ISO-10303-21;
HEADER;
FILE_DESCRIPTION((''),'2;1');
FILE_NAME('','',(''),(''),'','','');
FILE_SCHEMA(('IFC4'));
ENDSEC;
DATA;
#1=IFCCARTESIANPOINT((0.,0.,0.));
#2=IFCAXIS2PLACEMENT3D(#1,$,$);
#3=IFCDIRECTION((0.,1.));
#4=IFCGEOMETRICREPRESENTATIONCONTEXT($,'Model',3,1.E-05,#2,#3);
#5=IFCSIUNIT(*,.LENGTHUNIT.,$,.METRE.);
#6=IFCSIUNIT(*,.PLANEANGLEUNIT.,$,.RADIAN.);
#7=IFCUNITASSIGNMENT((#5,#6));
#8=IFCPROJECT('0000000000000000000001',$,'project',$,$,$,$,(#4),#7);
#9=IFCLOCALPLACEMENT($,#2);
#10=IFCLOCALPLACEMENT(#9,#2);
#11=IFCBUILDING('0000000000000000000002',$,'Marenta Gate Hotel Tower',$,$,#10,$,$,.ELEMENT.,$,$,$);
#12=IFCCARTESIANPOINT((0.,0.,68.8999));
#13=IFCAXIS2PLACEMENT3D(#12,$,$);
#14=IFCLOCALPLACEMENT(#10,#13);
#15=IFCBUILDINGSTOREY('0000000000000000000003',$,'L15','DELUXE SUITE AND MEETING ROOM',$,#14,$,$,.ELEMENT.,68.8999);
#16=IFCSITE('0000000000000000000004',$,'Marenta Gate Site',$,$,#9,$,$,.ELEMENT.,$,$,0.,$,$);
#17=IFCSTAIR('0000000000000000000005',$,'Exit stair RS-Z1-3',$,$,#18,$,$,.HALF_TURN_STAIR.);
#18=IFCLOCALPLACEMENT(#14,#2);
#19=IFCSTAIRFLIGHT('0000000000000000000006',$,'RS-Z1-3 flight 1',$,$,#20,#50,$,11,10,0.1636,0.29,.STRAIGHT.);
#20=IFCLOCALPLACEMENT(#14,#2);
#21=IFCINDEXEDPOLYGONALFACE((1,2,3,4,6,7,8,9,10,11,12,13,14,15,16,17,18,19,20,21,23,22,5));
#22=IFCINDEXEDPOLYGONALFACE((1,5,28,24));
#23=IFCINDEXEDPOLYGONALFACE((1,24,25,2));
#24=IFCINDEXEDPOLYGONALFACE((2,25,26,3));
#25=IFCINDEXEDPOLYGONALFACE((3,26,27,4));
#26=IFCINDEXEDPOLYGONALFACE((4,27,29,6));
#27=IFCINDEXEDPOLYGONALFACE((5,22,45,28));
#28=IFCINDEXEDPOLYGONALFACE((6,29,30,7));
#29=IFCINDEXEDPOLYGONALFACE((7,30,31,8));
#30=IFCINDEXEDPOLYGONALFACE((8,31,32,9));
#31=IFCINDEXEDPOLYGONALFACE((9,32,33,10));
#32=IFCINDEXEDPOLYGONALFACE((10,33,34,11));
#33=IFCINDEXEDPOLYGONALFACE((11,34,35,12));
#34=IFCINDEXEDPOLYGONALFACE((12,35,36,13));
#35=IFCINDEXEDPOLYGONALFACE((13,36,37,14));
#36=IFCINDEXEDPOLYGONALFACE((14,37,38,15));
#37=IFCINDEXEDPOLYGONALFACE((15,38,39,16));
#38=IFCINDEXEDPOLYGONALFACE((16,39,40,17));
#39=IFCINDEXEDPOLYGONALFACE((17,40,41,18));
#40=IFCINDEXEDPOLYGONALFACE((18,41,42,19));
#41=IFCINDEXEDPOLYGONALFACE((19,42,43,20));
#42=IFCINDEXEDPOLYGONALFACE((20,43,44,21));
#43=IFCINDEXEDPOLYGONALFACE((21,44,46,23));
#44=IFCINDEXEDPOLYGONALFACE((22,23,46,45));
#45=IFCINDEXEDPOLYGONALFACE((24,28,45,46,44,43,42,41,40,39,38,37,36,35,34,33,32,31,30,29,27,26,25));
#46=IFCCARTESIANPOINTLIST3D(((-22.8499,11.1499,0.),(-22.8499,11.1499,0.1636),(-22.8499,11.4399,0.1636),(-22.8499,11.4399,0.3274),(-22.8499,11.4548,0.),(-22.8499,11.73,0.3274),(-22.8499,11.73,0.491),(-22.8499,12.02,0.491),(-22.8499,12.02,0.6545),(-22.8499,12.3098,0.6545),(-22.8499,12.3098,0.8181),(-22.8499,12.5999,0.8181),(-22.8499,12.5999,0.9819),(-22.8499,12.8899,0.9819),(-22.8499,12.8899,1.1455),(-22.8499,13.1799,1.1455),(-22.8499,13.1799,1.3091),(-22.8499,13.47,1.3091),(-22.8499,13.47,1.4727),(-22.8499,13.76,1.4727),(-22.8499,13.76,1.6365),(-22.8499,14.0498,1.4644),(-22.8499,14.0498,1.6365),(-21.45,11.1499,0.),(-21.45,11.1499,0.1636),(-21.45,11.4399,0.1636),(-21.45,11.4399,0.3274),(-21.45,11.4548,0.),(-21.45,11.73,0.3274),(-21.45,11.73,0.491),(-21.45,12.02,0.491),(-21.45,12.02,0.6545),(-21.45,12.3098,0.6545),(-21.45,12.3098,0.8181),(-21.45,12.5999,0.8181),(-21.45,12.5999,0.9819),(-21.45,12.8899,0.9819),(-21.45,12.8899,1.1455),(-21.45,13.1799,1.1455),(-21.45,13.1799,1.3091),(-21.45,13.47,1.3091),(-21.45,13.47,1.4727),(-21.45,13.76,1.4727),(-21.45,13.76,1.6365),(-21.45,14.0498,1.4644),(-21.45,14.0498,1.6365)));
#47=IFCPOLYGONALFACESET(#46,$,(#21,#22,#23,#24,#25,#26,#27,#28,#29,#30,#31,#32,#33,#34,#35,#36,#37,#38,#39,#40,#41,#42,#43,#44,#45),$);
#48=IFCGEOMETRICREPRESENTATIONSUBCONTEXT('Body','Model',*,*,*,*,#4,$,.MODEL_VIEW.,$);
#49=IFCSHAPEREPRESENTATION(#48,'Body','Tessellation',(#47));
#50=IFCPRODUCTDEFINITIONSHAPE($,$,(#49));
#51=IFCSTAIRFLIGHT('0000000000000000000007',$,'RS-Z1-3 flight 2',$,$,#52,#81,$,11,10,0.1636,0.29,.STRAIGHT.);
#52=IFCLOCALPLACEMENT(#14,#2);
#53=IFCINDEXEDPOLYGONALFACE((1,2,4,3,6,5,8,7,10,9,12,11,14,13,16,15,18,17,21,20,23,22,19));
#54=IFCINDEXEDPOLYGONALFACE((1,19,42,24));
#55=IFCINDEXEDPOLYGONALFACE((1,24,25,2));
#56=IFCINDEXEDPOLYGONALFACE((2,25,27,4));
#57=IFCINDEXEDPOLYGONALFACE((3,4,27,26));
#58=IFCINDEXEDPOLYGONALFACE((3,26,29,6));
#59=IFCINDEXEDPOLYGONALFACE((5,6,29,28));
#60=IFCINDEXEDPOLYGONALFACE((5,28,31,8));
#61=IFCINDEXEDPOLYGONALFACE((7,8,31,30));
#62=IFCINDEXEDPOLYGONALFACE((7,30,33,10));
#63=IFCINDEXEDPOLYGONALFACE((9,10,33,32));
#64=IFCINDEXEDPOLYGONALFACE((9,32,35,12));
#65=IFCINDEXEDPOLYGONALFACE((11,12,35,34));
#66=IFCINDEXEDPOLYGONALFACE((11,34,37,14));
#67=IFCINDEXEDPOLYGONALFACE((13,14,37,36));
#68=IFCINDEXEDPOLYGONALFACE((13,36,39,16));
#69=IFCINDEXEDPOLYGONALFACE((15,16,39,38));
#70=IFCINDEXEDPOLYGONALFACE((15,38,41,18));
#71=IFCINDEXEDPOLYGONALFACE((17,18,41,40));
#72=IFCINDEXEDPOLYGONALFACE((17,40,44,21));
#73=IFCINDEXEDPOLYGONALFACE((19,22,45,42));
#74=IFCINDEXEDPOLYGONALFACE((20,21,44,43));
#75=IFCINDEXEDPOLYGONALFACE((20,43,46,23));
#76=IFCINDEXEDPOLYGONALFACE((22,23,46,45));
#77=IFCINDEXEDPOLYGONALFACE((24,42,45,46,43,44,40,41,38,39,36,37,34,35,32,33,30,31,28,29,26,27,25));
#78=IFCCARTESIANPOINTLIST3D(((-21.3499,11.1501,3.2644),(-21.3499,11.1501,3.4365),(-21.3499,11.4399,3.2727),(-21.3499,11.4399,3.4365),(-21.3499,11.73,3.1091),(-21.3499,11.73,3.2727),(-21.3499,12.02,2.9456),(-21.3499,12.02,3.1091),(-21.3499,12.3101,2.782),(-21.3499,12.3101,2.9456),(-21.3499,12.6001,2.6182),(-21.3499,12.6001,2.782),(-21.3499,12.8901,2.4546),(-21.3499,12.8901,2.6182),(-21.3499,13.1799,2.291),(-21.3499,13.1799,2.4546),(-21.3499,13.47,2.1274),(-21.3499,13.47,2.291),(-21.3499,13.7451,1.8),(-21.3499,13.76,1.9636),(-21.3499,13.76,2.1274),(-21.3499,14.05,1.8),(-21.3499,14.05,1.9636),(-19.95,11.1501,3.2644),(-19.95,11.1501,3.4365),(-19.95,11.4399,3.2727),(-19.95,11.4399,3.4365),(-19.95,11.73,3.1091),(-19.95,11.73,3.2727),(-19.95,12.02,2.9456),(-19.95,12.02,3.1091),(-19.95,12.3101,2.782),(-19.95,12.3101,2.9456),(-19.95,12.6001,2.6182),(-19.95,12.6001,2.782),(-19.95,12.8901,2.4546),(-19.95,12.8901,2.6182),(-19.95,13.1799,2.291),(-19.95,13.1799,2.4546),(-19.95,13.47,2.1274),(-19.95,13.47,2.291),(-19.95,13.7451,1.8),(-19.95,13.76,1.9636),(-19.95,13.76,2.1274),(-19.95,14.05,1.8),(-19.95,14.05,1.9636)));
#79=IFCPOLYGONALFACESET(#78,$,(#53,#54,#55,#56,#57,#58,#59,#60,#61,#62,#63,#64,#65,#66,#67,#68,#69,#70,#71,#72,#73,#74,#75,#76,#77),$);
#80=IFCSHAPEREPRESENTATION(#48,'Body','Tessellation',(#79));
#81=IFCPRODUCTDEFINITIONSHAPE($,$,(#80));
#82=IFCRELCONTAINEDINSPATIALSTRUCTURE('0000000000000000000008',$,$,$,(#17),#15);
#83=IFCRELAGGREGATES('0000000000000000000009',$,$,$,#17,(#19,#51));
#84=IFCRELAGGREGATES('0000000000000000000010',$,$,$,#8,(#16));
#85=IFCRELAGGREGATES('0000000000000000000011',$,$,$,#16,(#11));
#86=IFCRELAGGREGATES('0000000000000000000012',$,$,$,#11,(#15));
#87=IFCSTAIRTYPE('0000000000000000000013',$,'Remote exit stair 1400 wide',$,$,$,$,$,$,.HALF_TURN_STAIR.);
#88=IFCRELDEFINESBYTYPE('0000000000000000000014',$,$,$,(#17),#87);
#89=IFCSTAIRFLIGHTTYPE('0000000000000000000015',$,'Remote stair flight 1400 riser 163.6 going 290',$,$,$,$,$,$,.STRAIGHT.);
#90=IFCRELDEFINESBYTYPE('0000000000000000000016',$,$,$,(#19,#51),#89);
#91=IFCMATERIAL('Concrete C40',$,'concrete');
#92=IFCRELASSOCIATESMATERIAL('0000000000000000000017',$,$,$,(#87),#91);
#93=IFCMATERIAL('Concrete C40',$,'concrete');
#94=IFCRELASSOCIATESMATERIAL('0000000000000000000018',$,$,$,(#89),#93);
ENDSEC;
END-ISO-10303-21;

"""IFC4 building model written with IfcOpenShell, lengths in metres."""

from ifc_helpers import new_model, si_unit, direction, frame, origin, place, context, subcontext, project, spatial, polyline, outline, extrude, material, type_object, element, aggregate, save


model = new_model("IFC4")

# Units and contexts
model_context = context("Model", 3, precision=1e-05, world=origin(), true_north=direction((0.0, 1.0)))
body_context = subcontext(model_context, "Body", "Model", "MODEL_VIEW")
ifc_project = project(units=[si_unit("LENGTHUNIT", "METRE"), si_unit("PLANEANGLEUNIT", "RADIAN")], contexts=[model_context])

# Site, building, storey
site_placement = place(None, origin())
site = spatial("IfcSite", under=ifc_project, at=site_placement, Name="Marenta Gate Site", CompositionType="ELEMENT", RefElevation=0.0)
building_placement = place(site_placement, origin())
building = spatial("IfcBuilding", under=site, at=building_placement, Name="Marenta Gate Hotel Tower", CompositionType="ELEMENT")
storey_placement = place(building_placement, frame((0.0, 0.0, 68.8999)))
storey = spatial("IfcBuildingStorey", under=building, at=storey_placement, Name="L15", Description="DELUXE SUITE AND MEETING ROOM", CompositionType="ELEMENT", Elevation=68.8999)

# Stair, stair flights
ifc_material_1 = material(Name="Concrete C40", Category="concrete")
stair_type = type_object("IfcStairType", Name="Remote exit stair 1400 wide", PredefinedType="HALF_TURN_STAIR", material=ifc_material_1)
stair_placement = place(storey_placement, origin())
stair = element("IfcStair", 1, at=stair_placement, inside=storey, type_object=stair_type, Name="Exit stair RS-Z1-3", PredefinedType="HALF_TURN_STAIR")
ifc_material_2 = material(Name="Concrete C40", Category="concrete")
stair_flight_type = type_object("IfcStairFlightType", Name="Remote stair flight 1400 riser 163.6 going 290", PredefinedType="STRAIGHT", material=ifc_material_2)
stair_flight_1_placement = place(storey_placement, frame((-22.1499, 11.1499, 0.0), z_axis=(0.0, 0.0, 1.0), x_axis=(0.0, 1.0, 0.0)))
stair_flight_1 = element("IfcStairFlight", 2, at=stair_flight_1_placement, type_object=stair_flight_type, Name="RS-Z1-3 flight 1", NumberOfRisers=11, NumberOfTreads=10, PredefinedType="STRAIGHT", RiserHeight=0.1636, TreadLength=0.29, context=body_context, shape_type="SweptSolid", body=[
    extrude(outline(polyline([(0.0, 0.0), (0.0, 0.1636), (0.29, 0.1636), (0.29, 0.3274), (0.5801, 0.3274), (0.5801, 0.491), (0.8701, 0.491), (0.8701, 0.6545), (1.1599, 0.6545), (1.1599, 0.8181), (1.45, 0.8181), (1.45, 0.9819), (1.74, 0.9819), (1.74, 1.1455), (2.03, 1.1455), (2.03, 1.3091), (2.3201, 1.3091), (2.3201, 1.4727), (2.6101, 1.4727), (2.6101, 1.6365), (2.8999, 1.6365), (2.8999, 1.8), (2.8999, 1.4644), (0.3049, 0.0), (0.0, 0.0)])), frame((0.0, 0.7, 0.0), z_axis=(0.0, -1.0, 0.0), x_axis=(1.0, 0.0, 0.0)), (0.0, 0.0, 1.0), 1.3999),
])
stair_flight_2_placement = place(storey_placement, frame((-20.6499, 14.05, 1.8), z_axis=(0.0, 0.0, 1.0), x_axis=(0.0, -1.0, 0.0)))
stair_flight_2 = element("IfcStairFlight", 3, at=stair_flight_2_placement, type_object=stair_flight_type, Name="RS-Z1-3 flight 2", NumberOfRisers=11, NumberOfTreads=10, PredefinedType="STRAIGHT", RiserHeight=0.1636, TreadLength=0.29, context=body_context, shape_type="SweptSolid", body=[
    extrude(outline(polyline([(0.0, 0.0), (0.0, 0.1636), (0.29, 0.1636), (0.29, 0.3274), (0.5801, 0.3274), (0.5801, 0.491), (0.8701, 0.491), (0.8701, 0.6545), (1.1599, 0.6545), (1.1599, 0.8181), (1.45, 0.8181), (1.45, 0.9819), (1.74, 0.9819), (1.74, 1.1455), (2.03, 1.1455), (2.03, 1.3091), (2.3201, 1.3091), (2.3201, 1.4727), (2.6101, 1.4727), (2.6101, 1.6365), (2.8999, 1.6365), (2.8999, 1.8), (2.8999, 1.4644), (0.3049, 0.0), (0.0, 0.0)])), frame((0.0, 0.7, 0.0), z_axis=(0.0, -1.0, 0.0), x_axis=(1.0, 0.0, 0.0)), (0.0, 0.0, 1.0), 1.3999),
])
aggregate(stair, [stair_flight_1, stair_flight_2])

save(model, "model.ifc")
